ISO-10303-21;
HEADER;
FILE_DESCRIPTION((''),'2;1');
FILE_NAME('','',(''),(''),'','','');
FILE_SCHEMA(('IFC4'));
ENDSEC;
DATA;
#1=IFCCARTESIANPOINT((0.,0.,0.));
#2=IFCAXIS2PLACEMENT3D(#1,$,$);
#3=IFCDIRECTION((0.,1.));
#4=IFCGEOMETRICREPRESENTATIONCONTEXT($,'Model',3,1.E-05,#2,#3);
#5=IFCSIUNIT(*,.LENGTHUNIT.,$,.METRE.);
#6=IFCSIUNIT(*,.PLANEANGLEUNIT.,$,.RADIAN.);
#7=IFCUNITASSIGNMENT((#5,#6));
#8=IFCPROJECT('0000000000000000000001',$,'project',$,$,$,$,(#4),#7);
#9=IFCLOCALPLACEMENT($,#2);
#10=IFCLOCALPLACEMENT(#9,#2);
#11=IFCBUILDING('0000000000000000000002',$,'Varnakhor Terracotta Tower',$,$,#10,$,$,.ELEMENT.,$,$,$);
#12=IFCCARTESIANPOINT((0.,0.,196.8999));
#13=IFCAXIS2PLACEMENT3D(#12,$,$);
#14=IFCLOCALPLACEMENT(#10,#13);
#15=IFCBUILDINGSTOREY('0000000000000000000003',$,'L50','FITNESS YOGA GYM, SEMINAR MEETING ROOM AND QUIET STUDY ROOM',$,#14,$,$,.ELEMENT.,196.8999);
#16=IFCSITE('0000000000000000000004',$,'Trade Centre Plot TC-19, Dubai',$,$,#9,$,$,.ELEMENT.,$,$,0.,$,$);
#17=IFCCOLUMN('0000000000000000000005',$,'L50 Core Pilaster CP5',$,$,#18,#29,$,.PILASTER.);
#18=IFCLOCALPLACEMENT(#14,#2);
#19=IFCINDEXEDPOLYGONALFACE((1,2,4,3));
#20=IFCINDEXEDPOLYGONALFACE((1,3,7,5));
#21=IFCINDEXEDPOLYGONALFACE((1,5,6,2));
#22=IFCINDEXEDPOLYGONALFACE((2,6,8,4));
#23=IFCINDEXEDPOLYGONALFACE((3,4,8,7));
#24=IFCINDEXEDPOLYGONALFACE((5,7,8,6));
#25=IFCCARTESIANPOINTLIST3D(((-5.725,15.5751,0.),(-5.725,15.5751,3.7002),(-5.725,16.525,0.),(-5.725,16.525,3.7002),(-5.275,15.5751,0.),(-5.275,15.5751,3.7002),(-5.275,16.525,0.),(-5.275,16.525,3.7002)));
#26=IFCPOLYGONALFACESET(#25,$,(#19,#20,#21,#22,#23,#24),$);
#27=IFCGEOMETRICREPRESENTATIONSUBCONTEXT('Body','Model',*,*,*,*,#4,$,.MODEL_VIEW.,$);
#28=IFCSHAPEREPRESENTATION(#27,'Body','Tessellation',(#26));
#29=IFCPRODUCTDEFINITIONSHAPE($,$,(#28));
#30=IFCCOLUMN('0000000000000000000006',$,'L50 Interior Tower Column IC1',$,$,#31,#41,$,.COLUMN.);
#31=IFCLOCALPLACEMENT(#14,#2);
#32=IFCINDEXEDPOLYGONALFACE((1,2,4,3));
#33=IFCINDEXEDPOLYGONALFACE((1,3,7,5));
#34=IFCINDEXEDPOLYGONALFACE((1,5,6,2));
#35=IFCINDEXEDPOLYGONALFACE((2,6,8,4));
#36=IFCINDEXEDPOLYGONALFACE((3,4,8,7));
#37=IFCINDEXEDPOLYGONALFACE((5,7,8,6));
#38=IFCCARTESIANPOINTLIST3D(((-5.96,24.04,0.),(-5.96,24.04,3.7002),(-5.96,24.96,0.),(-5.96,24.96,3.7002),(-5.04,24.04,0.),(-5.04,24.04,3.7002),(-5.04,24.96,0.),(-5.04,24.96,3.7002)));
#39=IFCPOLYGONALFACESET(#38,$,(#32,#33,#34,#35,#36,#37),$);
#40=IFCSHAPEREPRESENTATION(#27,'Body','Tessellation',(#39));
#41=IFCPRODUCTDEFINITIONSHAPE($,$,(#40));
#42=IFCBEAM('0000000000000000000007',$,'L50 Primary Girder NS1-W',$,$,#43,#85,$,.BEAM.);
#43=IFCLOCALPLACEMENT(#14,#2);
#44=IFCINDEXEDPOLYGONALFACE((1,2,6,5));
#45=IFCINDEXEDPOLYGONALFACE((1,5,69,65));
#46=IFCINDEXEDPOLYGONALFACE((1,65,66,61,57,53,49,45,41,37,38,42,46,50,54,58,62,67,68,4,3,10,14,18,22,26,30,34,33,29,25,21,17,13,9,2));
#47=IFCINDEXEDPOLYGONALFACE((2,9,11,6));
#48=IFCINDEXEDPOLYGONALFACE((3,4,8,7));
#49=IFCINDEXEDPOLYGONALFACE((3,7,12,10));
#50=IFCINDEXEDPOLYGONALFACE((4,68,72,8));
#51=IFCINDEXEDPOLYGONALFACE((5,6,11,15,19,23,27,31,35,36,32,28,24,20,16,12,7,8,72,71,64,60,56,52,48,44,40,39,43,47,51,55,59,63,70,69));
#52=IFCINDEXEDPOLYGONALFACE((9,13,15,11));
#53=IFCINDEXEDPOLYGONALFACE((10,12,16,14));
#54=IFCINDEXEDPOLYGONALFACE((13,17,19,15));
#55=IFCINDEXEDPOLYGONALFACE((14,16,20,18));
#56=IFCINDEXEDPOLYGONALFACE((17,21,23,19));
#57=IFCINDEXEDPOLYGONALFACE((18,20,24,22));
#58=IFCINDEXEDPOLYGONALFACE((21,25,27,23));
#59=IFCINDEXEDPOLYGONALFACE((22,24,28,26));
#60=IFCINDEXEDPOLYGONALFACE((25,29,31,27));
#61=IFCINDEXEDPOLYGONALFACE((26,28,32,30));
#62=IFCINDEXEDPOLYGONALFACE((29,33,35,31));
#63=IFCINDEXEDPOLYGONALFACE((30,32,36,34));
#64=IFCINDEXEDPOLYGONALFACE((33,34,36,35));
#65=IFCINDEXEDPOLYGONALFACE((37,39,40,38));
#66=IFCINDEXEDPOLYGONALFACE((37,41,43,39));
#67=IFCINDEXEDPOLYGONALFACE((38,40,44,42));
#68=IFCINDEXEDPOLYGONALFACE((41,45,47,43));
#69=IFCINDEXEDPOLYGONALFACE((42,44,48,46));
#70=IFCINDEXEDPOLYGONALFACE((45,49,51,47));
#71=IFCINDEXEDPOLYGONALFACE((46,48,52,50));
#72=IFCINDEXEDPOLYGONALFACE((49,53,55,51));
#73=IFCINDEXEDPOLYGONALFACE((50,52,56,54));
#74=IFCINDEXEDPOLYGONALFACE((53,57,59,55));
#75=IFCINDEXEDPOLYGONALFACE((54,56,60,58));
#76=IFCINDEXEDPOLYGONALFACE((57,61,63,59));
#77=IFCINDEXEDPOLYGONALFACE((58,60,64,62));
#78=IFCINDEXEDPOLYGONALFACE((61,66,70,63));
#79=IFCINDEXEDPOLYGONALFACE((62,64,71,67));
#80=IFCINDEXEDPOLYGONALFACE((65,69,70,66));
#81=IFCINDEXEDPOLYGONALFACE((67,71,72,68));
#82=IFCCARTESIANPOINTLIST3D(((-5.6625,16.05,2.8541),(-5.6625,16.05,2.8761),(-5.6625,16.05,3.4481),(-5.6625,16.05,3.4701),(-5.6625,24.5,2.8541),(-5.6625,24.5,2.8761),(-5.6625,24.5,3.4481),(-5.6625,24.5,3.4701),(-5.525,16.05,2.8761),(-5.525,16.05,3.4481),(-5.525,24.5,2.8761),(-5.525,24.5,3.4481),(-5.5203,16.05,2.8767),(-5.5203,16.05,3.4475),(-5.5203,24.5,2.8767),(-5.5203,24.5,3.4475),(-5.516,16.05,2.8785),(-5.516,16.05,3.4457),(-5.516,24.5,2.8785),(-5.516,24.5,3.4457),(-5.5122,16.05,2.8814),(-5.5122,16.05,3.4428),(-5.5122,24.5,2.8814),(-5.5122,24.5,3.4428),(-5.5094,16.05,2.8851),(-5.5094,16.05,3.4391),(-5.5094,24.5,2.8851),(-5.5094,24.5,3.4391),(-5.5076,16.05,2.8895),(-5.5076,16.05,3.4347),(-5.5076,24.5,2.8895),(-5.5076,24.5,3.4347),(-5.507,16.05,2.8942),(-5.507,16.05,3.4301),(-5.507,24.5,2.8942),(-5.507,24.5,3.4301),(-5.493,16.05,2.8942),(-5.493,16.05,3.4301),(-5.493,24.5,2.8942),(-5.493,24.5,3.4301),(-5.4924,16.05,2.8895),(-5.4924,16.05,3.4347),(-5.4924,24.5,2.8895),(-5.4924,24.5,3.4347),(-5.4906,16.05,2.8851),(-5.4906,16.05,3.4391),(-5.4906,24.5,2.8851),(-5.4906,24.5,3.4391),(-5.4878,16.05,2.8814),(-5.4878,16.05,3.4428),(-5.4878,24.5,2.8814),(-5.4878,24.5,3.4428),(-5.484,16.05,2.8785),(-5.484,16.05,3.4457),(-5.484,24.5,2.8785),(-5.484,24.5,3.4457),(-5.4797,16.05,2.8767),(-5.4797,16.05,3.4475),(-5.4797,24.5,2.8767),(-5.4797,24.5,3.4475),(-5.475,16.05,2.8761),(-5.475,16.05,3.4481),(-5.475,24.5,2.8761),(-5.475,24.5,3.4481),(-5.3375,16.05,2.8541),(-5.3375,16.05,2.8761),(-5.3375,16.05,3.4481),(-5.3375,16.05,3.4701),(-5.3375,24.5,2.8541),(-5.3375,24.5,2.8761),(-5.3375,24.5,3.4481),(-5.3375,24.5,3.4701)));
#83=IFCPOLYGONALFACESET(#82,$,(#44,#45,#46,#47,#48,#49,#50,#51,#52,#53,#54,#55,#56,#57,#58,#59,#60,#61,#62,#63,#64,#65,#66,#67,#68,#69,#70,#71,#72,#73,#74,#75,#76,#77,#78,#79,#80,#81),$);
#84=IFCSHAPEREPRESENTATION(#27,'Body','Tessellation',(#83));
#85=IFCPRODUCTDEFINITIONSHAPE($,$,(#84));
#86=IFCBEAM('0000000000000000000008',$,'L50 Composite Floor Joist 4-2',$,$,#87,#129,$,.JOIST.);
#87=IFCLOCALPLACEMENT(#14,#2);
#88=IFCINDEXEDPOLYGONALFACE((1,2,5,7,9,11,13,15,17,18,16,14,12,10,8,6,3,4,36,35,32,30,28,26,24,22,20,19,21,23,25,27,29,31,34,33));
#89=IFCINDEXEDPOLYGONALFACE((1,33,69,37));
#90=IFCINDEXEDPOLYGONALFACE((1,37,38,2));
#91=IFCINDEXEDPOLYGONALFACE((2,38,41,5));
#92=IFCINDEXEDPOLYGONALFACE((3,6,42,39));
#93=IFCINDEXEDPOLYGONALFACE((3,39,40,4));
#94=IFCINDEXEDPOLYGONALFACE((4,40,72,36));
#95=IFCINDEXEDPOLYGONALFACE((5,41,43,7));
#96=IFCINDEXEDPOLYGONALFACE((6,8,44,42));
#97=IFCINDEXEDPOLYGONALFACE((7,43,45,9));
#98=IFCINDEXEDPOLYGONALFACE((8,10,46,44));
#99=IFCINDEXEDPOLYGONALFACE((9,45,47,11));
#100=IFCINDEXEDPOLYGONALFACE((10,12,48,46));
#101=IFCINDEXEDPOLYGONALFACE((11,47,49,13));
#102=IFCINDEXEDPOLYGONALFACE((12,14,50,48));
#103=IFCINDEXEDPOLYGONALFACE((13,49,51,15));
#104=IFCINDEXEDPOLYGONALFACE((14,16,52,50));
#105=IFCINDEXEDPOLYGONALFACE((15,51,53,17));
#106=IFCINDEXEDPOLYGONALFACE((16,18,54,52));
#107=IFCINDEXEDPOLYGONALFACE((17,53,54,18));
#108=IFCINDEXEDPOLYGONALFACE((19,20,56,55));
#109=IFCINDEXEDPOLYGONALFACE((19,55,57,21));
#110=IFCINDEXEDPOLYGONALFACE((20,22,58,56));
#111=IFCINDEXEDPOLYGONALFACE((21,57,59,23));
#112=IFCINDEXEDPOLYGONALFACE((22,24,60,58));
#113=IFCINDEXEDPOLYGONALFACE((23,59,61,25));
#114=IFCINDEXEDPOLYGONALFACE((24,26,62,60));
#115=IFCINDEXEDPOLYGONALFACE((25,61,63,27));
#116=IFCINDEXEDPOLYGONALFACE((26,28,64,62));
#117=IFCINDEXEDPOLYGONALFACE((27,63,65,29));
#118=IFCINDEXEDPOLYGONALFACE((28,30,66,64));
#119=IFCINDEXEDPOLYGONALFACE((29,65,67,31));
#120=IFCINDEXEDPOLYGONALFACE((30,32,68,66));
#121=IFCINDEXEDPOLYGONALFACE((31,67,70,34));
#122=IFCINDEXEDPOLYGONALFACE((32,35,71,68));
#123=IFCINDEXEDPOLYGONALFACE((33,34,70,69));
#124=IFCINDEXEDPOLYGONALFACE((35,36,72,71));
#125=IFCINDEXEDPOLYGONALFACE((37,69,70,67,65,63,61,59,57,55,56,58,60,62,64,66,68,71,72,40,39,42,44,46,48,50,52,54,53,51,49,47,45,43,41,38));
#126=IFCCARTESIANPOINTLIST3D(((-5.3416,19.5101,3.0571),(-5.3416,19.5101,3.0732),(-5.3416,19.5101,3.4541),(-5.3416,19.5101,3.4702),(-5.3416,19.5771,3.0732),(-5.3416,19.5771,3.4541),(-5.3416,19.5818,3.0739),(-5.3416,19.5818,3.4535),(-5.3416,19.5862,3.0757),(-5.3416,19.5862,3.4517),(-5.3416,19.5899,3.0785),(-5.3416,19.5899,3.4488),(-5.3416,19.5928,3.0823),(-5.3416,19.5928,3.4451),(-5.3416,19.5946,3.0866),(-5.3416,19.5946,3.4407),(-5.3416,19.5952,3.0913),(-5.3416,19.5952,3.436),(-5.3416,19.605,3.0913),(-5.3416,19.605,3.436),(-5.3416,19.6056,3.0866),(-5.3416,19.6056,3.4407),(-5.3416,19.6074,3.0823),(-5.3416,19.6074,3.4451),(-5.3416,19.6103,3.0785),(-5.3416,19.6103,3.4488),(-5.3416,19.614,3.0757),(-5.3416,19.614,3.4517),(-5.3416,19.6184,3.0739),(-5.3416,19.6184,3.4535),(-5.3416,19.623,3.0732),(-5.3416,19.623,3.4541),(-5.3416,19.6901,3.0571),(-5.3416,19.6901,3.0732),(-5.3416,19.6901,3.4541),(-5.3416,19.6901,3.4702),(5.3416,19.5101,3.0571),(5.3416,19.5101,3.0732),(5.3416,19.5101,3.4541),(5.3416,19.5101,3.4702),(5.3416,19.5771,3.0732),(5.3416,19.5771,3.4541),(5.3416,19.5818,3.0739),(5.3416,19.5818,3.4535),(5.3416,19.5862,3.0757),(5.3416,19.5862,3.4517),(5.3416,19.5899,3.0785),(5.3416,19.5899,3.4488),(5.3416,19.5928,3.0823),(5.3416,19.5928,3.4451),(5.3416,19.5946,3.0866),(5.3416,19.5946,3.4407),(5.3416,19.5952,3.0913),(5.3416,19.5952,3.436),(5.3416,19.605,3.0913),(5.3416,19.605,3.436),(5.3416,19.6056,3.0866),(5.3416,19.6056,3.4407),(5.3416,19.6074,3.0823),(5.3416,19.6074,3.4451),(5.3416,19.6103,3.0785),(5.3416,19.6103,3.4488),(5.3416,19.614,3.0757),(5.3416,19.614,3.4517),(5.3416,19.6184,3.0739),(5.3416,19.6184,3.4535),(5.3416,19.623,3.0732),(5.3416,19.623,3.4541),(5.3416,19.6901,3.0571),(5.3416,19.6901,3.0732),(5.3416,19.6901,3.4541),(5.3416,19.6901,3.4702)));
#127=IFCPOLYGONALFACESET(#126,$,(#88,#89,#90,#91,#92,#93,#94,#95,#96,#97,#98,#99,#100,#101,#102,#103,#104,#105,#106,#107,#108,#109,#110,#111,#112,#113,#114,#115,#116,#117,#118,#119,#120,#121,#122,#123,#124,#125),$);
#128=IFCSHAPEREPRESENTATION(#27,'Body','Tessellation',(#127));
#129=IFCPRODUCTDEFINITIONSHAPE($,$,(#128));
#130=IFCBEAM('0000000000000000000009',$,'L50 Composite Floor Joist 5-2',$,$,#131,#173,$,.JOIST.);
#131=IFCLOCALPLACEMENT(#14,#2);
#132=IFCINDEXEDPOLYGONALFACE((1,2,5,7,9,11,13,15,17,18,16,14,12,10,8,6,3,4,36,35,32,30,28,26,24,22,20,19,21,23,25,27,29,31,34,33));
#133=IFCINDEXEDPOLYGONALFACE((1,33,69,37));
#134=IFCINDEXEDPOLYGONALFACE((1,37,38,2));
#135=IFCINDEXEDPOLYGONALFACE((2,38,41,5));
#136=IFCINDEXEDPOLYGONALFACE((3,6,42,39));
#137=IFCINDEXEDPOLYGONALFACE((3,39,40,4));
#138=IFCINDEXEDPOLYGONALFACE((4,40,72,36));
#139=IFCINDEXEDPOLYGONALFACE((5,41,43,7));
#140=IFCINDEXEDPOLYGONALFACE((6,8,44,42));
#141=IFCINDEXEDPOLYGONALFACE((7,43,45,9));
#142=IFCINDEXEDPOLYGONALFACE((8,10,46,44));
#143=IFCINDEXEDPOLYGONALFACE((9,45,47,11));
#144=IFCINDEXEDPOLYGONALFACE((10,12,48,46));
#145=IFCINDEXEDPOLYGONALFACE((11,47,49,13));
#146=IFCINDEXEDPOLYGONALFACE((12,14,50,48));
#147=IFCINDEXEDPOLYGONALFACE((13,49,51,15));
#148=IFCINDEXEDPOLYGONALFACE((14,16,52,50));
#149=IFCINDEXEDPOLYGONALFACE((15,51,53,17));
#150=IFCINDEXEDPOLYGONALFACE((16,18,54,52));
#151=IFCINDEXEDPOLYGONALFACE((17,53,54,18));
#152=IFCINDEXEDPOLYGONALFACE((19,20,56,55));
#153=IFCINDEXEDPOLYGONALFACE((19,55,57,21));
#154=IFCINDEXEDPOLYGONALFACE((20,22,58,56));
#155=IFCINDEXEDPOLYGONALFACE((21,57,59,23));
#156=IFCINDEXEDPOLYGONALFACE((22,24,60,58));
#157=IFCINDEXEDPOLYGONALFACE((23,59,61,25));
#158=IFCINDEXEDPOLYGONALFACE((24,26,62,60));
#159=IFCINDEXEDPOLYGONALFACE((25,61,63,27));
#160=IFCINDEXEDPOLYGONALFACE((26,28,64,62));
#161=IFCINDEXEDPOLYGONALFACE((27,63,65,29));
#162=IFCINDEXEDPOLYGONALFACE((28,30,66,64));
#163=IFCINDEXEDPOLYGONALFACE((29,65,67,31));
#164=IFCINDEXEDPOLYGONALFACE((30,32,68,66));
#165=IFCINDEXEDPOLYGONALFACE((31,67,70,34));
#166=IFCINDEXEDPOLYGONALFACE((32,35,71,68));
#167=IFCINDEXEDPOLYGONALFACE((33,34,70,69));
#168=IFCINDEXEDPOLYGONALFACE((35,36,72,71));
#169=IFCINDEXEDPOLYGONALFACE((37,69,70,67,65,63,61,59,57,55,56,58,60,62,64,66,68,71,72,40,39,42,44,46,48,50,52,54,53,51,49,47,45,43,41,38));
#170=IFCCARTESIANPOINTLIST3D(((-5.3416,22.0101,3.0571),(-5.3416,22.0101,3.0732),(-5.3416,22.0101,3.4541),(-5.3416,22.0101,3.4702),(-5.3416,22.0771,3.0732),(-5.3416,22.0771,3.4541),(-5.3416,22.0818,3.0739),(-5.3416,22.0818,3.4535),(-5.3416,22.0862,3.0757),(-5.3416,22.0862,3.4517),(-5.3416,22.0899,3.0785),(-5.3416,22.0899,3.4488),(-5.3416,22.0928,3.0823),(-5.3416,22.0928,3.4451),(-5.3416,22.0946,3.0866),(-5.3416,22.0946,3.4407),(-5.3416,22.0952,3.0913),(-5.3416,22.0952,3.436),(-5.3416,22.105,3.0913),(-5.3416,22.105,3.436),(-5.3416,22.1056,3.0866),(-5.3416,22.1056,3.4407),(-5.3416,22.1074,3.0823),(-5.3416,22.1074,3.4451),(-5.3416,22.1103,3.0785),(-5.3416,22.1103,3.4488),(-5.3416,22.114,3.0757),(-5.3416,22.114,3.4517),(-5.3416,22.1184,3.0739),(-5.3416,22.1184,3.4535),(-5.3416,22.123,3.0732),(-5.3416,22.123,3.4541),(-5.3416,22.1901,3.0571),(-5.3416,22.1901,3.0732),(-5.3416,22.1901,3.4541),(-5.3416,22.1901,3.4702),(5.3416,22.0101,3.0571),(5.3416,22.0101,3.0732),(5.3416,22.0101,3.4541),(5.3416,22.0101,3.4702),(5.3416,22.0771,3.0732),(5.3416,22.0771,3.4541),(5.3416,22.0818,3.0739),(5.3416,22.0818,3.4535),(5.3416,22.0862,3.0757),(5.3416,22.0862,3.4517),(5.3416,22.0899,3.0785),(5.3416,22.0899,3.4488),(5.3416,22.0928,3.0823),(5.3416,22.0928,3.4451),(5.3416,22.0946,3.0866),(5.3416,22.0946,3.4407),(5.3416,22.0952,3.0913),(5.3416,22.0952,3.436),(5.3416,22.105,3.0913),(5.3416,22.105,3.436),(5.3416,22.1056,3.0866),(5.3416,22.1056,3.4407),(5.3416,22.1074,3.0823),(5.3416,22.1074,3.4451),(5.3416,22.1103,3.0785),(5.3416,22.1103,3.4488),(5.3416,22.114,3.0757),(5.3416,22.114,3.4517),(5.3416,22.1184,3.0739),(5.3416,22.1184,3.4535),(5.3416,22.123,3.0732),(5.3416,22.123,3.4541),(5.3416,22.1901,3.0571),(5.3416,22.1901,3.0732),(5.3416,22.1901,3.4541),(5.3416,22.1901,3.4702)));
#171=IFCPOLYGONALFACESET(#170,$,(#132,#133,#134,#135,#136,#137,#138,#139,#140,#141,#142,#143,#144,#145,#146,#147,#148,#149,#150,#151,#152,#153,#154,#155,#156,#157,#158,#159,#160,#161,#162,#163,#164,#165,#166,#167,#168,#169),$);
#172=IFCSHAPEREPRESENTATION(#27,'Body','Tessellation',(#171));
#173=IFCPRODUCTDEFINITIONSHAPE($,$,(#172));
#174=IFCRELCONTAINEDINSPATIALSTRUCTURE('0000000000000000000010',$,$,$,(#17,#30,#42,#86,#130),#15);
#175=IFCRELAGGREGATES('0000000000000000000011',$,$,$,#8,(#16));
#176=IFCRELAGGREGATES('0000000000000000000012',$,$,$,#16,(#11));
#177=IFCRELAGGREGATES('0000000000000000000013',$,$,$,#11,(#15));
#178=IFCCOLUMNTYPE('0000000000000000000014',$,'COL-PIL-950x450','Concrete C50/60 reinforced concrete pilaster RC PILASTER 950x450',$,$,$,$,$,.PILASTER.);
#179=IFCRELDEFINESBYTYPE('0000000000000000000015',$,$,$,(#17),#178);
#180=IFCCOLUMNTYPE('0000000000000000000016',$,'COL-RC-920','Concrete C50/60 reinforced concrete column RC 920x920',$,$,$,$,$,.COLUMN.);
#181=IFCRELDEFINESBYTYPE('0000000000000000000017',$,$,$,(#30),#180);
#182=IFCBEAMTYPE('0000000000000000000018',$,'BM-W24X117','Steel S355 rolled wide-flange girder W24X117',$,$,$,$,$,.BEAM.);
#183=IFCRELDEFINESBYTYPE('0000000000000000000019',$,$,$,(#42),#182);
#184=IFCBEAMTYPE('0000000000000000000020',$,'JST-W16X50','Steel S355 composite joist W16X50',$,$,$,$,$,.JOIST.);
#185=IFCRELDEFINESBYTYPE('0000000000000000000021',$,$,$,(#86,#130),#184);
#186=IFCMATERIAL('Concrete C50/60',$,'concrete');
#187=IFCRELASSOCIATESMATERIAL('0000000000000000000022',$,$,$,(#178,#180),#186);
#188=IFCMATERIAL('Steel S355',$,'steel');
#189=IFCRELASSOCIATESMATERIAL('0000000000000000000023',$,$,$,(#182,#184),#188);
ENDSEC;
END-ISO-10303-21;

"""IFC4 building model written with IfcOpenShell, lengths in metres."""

from ifc_helpers import new_model, si_unit, direction, frame, origin, origin_2d, place, context, subcontext, project, spatial, rectangle, i_section, extrude, source, transform, mapped, material, material_profile, profile_set, type_object, type_shapes, element, save


model = new_model("IFC4")

# Units and contexts
model_context = context("Model", 3, precision=1e-05, world=origin(), true_north=direction((0.0, 1.0)))
body_context = subcontext(model_context, "Body", "Model", "MODEL_VIEW")
ifc_project = project(units=[si_unit("LENGTHUNIT", "METRE"), si_unit("PLANEANGLEUNIT", "RADIAN")], contexts=[model_context])

# Site, building, storey
site_placement = place(None, origin())
site = spatial("IfcSite", under=ifc_project, at=site_placement, Name="Trade Centre Plot TC-19, Dubai", CompositionType="ELEMENT", RefElevation=0.0)
building_placement = place(site_placement, origin())
building = spatial("IfcBuilding", under=site, at=building_placement, Name="Varnakhor Terracotta Tower", CompositionType="ELEMENT")
storey_placement = place(building_placement, frame((0.0, 0.0, 196.8999)))
storey = spatial("IfcBuildingStorey", under=building, at=storey_placement, Name="L50", Description="FITNESS YOGA GYM, SEMINAR MEETING ROOM AND QUIET STUDY ROOM", CompositionType="ELEMENT", Elevation=196.8999)

# Columns
ifc_material_1 = material(Name="Concrete C50/60", Category="concrete")
ifc_material_profile_1 = material_profile(ifc_material_1, rectangle(XDim=0.45, YDim=0.95, at=origin_2d()), Name="RC PILASTER 950x450")
ifc_profile_set_1 = profile_set([ifc_material_profile_1], Name="Concrete C50/60")
column_type_1 = type_object("IfcColumnType", Name="COL-PIL-950x450", Description="Concrete C50/60 reinforced concrete pilaster RC PILASTER 950x450", PredefinedType="PILASTER", material=ifc_profile_set_1)
shared_shape_1 = source(origin(), body_context, "Body", "SweptSolid", [
    extrude(rectangle(XDim=0.45, YDim=0.95, at=origin_2d()), origin(), (0.0, 0.0, 1.0), 3.7002),
])
column_1_placement = place(storey_placement, frame((-5.5, 16.05, 0.0), z_axis=(0.0, 0.0, 1.0), x_axis=(1.0, 0.0, 0.0)))
element("IfcColumn", 1, at=column_1_placement, inside=storey, type_object=column_type_1, Name="L50 Core Pilaster CP5", PredefinedType="PILASTER", context=body_context, shape_type="MappedRepresentation", body=[
    mapped(shared_shape_1, transform((0.0, 0.0, 0.0), scale=1.0)),
])
ifc_material_profile_2 = material_profile(ifc_material_1, rectangle(XDim=0.9199, YDim=0.9199, at=origin_2d()), Name="RC 920x920")
ifc_profile_set_2 = profile_set([ifc_material_profile_2], Name="Concrete C50/60")
column_type_2 = type_object("IfcColumnType", Name="COL-RC-920", Description="Concrete C50/60 reinforced concrete column RC 920x920", PredefinedType="COLUMN", material=ifc_profile_set_2)
shared_shape_2 = source(origin(), body_context, "Body", "SweptSolid", [
    extrude(rectangle(XDim=0.9199, YDim=0.9199, at=origin_2d()), origin(), (0.0, 0.0, 1.0), 3.7002),
])
column_2_placement = place(storey_placement, frame((-5.5, 24.5, 0.0), z_axis=(0.0, 0.0, 1.0), x_axis=(1.0, 0.0, 0.0)))
element("IfcColumn", 2, at=column_2_placement, inside=storey, type_object=column_type_2, Name="L50 Interior Tower Column IC1", PredefinedType="COLUMN", context=body_context, shape_type="MappedRepresentation", body=[
    mapped(shared_shape_2, transform((0.0, 0.0, 0.0), scale=1.0)),
])

# Beams
ifc_material_2 = material(Name="Steel S355", Category="steel")
ifc_material_profile_3 = material_profile(ifc_material_2, i_section(OverallWidth=0.325, OverallDepth=0.616, WebThickness=0.0139, FlangeThickness=0.022, FilletRadius=0.0181, at=origin_2d()), Name="W24X117")
ifc_profile_set_3 = profile_set([ifc_material_profile_3], Name="Steel S355")
beam_type_1 = type_object("IfcBeamType", Name="BM-W24X117", Description="Steel S355 rolled wide-flange girder W24X117", PredefinedType="BEAM", material=ifc_profile_set_3)
shared_shape_3 = source(origin(), body_context, "Body", "SweptSolid", [
    extrude(i_section(OverallWidth=0.325, OverallDepth=0.616, WebThickness=0.0139, FlangeThickness=0.022, FilletRadius=0.0181, at=origin_2d()), origin(), (0.0, 0.0, 1.0), 8.45),
])
type_shapes(beam_type_1, [shared_shape_3])
beam_placement = place(storey_placement, frame((-5.5, 16.05, 3.1621), z_axis=(0.0, 1.0, 0.0), x_axis=(-1.0, 0.0, 0.0)))
element("IfcBeam", 3, at=beam_placement, inside=storey, type_object=beam_type_1, Name="L50 Primary Girder NS1-W", PredefinedType="BEAM", context=body_context, shape_type="MappedRepresentation", body=[
    mapped(shared_shape_3, transform((0.0, 0.0, 0.0), scale=1.0)),
])
ifc_material_profile_4 = material_profile(ifc_material_2, i_section(OverallWidth=0.1799, OverallDepth=0.4131, WebThickness=0.0098, FlangeThickness=0.0161, FilletRadius=0.0181, at=origin_2d()), Name="W16X50")
ifc_profile_set_4 = profile_set([ifc_material_profile_4], Name="Steel S355")
beam_type_2 = type_object("IfcBeamType", Name="JST-W16X50", Description="Steel S355 composite joist W16X50", PredefinedType="JOIST", material=ifc_profile_set_4)
shared_shape_4 = source(origin(), body_context, "Body", "SweptSolid", [
    extrude(i_section(OverallWidth=0.1799, OverallDepth=0.4131, WebThickness=0.0098, FlangeThickness=0.0161, FilletRadius=0.0181, at=origin_2d()), origin(), (0.0, 0.0, 1.0), 10.6831),
])
for number, where, z_axis, x_axis, name in (
    (4, (-5.3416, 19.6001, 3.2637), (1.0, 0.0, 0.0), (0.0, 1.0, 0.0), "L50 Composite Floor Joist 4-2"),
    (5, (-5.3416, 22.1001, 3.2637), (1.0, 0.0, 0.0), (0.0, 1.0, 0.0), "L50 Composite Floor Joist 5-2"),
):
    element("IfcBeam", number, at=place(storey_placement, frame(where, z_axis=z_axis, x_axis=x_axis)), inside=storey, type_object=beam_type_2, Name=name, PredefinedType="JOIST", context=body_context, shape_type="MappedRepresentation", body=[
        mapped(shared_shape_4, transform((0.0, 0.0, 0.0), scale=1.0)),
    ])

save(model, "model.ifc")
